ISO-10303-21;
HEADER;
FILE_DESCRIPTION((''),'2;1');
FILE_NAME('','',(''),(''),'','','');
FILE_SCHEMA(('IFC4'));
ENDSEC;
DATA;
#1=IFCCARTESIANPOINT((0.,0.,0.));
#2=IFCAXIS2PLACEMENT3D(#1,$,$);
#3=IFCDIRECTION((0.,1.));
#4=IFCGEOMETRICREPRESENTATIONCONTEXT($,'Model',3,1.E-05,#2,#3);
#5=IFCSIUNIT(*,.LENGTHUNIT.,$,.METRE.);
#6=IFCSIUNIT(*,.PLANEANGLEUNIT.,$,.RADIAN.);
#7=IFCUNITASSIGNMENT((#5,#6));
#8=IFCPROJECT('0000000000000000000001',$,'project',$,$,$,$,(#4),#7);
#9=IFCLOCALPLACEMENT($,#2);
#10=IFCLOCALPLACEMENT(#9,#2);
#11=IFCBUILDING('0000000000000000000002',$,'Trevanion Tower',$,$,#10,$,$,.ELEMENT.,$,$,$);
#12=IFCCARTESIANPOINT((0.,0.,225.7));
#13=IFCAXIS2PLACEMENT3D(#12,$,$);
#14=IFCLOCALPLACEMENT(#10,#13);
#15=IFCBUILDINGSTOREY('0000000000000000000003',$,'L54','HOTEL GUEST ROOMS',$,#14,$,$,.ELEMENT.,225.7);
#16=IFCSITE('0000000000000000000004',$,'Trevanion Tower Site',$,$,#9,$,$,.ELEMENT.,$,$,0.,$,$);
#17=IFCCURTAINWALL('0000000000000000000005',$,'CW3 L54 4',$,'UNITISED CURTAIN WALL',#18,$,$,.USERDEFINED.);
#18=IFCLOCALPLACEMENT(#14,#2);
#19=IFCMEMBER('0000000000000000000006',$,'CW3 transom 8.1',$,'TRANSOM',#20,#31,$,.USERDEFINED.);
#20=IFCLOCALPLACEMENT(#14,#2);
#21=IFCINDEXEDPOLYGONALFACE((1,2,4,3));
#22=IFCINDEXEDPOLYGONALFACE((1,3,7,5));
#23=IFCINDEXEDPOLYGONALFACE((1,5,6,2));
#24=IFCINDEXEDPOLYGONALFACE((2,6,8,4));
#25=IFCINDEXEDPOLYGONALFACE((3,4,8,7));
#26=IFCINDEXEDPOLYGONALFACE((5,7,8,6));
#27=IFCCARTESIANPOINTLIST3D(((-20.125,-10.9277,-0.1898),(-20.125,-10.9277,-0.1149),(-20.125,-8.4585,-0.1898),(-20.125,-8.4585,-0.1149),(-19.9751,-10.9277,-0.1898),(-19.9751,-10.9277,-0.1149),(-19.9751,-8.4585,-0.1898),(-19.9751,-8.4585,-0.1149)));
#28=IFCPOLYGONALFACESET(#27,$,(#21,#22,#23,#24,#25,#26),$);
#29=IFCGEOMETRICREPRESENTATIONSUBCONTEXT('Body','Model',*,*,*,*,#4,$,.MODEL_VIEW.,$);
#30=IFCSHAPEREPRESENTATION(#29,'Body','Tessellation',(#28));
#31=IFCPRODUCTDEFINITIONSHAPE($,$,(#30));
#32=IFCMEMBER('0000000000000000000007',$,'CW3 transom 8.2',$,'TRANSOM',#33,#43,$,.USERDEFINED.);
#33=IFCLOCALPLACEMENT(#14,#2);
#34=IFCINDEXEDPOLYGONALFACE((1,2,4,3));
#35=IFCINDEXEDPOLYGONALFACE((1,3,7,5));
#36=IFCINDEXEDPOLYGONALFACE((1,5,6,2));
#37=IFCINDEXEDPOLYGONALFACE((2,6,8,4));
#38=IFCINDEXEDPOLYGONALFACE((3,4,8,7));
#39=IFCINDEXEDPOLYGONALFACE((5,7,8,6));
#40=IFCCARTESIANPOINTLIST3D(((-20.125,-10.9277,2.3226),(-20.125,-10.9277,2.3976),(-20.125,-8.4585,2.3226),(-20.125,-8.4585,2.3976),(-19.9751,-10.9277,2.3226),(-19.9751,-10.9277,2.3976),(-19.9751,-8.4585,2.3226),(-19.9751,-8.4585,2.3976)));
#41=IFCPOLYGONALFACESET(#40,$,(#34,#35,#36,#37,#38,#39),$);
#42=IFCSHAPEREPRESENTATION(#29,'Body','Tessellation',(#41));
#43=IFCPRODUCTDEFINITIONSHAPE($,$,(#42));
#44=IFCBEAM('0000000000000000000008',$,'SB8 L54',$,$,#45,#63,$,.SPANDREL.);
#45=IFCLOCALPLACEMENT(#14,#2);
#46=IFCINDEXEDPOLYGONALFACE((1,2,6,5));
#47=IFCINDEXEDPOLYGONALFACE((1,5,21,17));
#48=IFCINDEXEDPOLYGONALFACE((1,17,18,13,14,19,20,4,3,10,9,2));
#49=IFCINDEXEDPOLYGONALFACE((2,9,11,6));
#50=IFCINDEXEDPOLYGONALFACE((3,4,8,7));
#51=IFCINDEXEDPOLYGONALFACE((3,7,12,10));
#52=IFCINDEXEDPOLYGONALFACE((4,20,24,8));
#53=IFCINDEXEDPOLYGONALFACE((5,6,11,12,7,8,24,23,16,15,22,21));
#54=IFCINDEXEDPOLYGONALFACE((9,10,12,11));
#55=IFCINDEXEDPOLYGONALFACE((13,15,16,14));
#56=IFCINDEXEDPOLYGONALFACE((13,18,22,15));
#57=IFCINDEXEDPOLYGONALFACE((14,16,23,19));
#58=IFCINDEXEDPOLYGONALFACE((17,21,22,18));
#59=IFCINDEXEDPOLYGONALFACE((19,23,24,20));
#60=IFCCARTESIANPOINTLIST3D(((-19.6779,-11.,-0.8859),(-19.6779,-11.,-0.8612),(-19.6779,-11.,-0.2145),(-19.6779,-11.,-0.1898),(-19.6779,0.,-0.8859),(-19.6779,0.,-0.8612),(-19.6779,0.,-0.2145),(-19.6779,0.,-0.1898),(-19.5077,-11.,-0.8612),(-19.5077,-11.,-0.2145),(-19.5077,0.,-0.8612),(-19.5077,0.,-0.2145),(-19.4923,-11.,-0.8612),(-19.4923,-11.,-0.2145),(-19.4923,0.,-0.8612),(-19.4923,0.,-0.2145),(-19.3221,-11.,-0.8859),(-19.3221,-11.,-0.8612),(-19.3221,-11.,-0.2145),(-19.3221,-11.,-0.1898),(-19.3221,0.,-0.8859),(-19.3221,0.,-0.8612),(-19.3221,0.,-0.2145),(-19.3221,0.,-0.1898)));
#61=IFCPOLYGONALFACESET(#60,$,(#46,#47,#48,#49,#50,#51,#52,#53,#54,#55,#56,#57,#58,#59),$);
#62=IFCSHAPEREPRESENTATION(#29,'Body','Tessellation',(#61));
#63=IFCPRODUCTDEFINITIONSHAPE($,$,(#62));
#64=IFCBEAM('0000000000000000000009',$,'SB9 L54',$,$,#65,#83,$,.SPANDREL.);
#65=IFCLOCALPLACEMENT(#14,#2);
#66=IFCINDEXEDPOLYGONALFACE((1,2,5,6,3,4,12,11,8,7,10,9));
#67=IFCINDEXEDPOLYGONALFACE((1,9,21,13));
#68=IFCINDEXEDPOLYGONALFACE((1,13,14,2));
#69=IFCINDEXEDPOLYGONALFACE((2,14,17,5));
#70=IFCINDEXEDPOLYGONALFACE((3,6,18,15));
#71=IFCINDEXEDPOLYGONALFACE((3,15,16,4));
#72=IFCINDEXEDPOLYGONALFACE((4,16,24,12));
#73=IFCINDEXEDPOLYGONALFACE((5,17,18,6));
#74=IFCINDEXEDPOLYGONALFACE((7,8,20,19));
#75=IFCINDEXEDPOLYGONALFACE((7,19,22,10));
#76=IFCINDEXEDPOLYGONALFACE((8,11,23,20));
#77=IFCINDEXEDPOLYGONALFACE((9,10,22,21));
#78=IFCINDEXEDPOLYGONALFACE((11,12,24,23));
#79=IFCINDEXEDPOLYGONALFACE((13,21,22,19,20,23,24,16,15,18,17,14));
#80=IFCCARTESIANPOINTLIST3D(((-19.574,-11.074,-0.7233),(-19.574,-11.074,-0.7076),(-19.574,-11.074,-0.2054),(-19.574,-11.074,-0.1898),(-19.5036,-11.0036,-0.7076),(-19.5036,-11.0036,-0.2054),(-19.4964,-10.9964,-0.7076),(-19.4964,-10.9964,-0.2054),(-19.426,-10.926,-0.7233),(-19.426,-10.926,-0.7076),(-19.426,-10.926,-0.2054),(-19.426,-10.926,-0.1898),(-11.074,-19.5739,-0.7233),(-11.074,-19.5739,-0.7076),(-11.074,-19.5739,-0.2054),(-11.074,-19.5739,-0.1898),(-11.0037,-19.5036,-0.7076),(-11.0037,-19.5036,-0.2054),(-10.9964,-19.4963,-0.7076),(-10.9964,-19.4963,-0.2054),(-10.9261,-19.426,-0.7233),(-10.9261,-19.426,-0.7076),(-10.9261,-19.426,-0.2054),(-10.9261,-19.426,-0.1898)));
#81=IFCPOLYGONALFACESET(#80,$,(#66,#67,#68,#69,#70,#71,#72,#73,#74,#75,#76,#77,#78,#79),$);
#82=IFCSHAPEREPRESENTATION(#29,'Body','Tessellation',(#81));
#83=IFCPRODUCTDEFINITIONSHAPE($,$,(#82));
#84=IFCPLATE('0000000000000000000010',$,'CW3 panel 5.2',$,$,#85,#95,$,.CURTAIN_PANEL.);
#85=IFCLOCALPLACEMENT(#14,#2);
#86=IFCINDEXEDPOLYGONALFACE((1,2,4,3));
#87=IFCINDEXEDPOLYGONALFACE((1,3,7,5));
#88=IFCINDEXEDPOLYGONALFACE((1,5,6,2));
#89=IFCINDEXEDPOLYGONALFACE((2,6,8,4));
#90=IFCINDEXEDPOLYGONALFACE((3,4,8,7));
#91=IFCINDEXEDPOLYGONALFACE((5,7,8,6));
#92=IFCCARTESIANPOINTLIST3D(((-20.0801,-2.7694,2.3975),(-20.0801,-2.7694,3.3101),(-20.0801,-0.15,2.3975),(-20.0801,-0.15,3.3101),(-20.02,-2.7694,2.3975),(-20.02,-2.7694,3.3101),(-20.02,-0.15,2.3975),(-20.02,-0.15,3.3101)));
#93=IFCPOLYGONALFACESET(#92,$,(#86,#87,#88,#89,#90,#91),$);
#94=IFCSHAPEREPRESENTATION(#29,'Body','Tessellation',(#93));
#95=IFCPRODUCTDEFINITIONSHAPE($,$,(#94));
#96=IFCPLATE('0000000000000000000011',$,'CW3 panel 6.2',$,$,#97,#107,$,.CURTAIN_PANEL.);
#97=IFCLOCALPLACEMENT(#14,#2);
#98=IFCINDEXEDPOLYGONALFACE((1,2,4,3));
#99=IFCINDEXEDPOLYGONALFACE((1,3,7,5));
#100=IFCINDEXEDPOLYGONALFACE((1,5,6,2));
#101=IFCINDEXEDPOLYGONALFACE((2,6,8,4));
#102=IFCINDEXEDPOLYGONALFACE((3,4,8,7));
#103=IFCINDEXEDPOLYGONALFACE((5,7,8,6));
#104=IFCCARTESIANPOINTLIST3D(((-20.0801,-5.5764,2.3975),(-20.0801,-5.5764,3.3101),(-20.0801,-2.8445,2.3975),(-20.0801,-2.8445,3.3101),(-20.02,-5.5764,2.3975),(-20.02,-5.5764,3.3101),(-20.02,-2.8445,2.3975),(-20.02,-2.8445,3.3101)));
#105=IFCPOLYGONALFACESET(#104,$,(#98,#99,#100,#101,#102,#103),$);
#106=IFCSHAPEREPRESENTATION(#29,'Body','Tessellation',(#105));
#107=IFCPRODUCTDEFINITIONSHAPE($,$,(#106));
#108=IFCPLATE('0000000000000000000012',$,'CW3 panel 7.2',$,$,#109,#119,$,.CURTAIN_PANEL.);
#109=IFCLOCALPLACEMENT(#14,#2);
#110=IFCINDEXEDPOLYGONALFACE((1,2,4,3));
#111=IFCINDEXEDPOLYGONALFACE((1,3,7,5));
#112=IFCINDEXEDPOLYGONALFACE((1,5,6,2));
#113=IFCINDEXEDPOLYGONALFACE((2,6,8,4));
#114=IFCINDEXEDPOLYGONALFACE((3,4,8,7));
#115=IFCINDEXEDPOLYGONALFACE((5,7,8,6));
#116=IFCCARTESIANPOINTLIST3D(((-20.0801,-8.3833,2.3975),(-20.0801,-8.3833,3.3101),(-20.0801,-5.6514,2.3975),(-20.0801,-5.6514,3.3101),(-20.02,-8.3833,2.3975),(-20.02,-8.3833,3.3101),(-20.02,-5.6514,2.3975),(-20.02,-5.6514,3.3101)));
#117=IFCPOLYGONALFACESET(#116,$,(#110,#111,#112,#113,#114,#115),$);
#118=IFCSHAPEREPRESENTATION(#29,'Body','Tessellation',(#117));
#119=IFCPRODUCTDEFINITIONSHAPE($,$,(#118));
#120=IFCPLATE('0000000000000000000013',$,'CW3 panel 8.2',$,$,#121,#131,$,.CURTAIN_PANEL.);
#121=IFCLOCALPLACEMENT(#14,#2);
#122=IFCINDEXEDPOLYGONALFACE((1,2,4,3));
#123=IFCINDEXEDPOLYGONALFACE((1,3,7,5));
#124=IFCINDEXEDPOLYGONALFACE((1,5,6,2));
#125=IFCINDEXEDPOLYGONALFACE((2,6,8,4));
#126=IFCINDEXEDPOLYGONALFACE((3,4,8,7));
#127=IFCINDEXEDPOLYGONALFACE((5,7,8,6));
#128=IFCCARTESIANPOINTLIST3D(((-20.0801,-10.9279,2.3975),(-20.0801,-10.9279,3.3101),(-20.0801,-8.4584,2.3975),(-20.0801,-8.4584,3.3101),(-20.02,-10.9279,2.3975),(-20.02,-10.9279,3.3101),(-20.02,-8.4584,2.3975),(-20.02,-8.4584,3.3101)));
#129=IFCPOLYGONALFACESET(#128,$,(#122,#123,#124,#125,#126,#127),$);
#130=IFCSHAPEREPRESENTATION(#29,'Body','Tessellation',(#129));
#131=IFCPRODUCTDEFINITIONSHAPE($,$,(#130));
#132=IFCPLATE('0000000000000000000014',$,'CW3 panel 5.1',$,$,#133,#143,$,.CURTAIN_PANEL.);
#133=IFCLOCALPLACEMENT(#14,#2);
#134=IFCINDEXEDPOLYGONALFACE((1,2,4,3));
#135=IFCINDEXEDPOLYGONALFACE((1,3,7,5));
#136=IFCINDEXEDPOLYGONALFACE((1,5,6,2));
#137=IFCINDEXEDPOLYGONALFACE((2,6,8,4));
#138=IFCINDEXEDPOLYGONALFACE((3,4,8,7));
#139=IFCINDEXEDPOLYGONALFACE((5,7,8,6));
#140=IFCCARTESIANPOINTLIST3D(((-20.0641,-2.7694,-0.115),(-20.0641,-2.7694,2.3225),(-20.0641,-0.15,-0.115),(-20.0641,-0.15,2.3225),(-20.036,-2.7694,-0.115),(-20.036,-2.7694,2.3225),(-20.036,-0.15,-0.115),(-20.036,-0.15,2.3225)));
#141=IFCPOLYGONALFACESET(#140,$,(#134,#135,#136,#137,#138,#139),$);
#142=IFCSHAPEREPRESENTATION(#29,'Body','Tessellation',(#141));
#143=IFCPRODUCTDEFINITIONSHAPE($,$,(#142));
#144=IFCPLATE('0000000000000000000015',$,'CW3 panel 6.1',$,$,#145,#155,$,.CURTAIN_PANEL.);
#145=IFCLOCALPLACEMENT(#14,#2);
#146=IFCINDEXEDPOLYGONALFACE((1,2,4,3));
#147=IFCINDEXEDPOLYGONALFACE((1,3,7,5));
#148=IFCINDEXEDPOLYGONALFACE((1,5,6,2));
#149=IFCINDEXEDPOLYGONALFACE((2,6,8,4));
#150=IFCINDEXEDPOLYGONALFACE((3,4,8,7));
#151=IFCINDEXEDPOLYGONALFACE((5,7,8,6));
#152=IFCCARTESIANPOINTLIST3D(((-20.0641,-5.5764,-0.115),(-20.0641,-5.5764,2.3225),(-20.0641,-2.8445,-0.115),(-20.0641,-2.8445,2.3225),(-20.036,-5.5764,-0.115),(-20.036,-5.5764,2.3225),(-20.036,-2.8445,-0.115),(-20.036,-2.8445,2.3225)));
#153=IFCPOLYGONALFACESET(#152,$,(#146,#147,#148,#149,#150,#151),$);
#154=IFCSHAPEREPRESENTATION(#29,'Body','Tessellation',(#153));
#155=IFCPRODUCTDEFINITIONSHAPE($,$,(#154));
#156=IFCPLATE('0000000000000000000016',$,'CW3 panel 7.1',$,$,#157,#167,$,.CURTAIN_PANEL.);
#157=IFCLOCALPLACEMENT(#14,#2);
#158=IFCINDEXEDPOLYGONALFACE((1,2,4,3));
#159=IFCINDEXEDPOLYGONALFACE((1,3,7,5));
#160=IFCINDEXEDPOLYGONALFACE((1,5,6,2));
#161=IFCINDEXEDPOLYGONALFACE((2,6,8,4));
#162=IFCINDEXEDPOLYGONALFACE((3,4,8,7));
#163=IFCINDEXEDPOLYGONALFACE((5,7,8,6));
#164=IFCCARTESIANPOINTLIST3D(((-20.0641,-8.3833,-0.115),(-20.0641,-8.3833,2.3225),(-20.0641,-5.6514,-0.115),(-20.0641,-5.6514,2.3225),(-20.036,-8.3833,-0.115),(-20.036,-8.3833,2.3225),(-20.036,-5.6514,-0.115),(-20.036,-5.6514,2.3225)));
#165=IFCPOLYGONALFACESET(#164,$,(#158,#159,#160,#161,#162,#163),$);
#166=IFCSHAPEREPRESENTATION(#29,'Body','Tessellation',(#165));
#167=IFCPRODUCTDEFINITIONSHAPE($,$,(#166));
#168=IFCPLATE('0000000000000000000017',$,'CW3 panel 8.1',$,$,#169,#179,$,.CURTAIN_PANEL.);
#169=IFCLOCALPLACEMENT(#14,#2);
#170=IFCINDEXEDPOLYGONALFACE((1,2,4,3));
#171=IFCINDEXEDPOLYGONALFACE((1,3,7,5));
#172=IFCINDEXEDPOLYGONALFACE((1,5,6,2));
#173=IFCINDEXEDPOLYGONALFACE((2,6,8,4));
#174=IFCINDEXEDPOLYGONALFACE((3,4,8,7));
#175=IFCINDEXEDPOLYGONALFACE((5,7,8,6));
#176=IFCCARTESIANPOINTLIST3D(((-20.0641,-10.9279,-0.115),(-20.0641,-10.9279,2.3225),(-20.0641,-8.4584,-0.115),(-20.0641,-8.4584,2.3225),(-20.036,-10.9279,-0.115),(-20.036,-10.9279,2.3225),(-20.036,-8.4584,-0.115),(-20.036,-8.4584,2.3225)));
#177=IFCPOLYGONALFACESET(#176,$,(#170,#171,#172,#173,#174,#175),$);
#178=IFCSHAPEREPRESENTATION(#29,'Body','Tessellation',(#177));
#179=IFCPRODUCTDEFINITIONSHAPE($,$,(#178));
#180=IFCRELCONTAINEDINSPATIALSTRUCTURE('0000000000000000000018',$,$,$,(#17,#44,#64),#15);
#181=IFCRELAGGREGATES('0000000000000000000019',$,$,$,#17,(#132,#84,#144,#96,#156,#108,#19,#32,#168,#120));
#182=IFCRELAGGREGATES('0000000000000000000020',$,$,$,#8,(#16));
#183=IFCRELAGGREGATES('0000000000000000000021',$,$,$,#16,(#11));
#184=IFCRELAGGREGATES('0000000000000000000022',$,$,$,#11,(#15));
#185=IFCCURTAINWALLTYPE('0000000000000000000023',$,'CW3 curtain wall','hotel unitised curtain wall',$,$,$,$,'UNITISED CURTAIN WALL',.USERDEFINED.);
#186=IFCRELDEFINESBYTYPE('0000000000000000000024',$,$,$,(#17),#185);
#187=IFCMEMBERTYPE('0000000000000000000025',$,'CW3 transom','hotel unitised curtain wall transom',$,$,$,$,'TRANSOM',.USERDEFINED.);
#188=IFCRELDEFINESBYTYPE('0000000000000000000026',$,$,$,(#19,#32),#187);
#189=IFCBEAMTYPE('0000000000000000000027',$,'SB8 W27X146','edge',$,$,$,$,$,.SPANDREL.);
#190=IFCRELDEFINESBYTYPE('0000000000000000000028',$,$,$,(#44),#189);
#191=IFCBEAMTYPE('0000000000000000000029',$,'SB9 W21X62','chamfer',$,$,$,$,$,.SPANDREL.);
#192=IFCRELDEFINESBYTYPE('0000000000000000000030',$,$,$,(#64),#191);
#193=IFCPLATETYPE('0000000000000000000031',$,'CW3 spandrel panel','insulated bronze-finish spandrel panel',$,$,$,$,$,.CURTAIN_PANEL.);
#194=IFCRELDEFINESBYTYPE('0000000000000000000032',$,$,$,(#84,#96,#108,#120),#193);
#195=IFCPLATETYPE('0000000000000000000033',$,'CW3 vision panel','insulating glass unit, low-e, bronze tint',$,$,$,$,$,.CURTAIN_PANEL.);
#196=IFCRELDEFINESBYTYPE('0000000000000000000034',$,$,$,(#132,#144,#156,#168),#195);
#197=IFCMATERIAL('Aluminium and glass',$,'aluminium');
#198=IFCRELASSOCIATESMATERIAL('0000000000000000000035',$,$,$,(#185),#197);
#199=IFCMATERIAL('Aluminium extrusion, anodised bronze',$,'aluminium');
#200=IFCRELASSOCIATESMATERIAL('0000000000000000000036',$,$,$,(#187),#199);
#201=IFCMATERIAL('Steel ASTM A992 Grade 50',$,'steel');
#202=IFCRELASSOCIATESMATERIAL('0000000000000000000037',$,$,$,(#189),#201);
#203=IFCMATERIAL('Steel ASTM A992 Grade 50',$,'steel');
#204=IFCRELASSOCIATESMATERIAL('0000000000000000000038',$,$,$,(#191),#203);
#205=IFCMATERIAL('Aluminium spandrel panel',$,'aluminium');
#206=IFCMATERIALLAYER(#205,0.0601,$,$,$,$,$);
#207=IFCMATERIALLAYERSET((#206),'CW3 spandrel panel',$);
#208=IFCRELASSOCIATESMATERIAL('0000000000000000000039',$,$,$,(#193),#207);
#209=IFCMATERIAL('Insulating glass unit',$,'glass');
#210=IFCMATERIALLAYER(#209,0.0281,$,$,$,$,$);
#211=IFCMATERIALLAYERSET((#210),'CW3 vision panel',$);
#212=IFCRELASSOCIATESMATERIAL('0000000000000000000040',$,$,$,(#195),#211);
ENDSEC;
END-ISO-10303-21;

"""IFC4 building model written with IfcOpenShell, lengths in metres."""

from ifc_helpers import new_model, si_unit, direction, frame, origin, origin_2d, place, context, subcontext, project, spatial, rectangle, i_section, extrude, material, layer, layer_set, material_profile, profile_set, type_object, element, aggregate, save


model = new_model("IFC4")

# Units and contexts
model_context = context("Model", 3, precision=1e-05, world=origin(), true_north=direction((0.0, 1.0)))
body_context = subcontext(model_context, "Body", "Model", "MODEL_VIEW")
ifc_project = project(units=[si_unit("LENGTHUNIT", "METRE"), si_unit("PLANEANGLEUNIT", "RADIAN")], contexts=[model_context])

# Site, building, storey
site_placement = place(None, origin())
site = spatial("IfcSite", under=ifc_project, at=site_placement, Name="Trevanion Tower Site", CompositionType="ELEMENT", RefElevation=0.0)
building_placement = place(site_placement, origin())
building = spatial("IfcBuilding", under=site, at=building_placement, Name="Trevanion Tower", CompositionType="ELEMENT")
storey_placement = place(building_placement, frame((0.0, 0.0, 225.7)))
storey = spatial("IfcBuildingStorey", under=building, at=storey_placement, Name="L54", Description="HOTEL GUEST ROOMS", CompositionType="ELEMENT", Elevation=225.7)

# Curtain wall
ifc_material_1 = material(Name="Aluminium and glass", Category="aluminium")
curtain_wall_type = type_object("IfcCurtainWallType", Name="CW3 curtain wall", Description="hotel unitised curtain wall", ElementType="UNITISED CURTAIN WALL", PredefinedType="USERDEFINED", material=ifc_material_1)
curtain_wall_1_placement = place(storey_placement, origin())
curtain_wall_1 = element("IfcCurtainWall", 1, at=curtain_wall_1_placement, inside=storey, type_object=curtain_wall_type, Name="CW3 L54 4", ObjectType="UNITISED CURTAIN WALL", PredefinedType="USERDEFINED")

# Members
ifc_material_2 = material(Name="Aluminium extrusion, anodised bronze", Category="aluminium")
ifc_material_profile_1 = material_profile(ifc_material_2, rectangle(XDim=0.1499, YDim=0.075, at=origin_2d()), Name="CW3 transom")
ifc_profile_set_1 = profile_set([ifc_material_profile_1], Name="Aluminium extrusion, anodised bronze")
member_type_1 = type_object("IfcMemberType", Name="CW3 transom", Description="hotel unitised curtain wall transom", ElementType="TRANSOM", PredefinedType="USERDEFINED", material=ifc_profile_set_1)
member_1_placement = place(storey_placement, frame((-20.05, -8.4585, -0.1523), z_axis=(0.0, -1.0, 0.0), x_axis=(1.0, 0.0, 0.0)))
member_1 = element("IfcMember", 2, at=member_1_placement, type_object=member_type_1, Name="CW3 transom 8.1", ObjectType="TRANSOM", PredefinedType="USERDEFINED", context=body_context, shape_type="SweptSolid", body=[
    extrude(rectangle(XDim=0.1499, YDim=0.075, at=origin_2d()), origin(), (0.0, 0.0, 1.0), 2.4692),
])
member_2_placement = place(storey_placement, frame((-20.05, -8.4585, 2.3601), z_axis=(0.0, -1.0, 0.0), x_axis=(1.0, 0.0, 0.0)))
member_2 = element("IfcMember", 3, at=member_2_placement, type_object=member_type_1, Name="CW3 transom 8.2", ObjectType="TRANSOM", PredefinedType="USERDEFINED", context=body_context, shape_type="SweptSolid", body=[
    extrude(rectangle(XDim=0.1499, YDim=0.075, at=origin_2d()), origin(), (0.0, 0.0, 1.0), 2.4692),
])

# Beams
ifc_material_3 = material(Name="Steel ASTM A992 Grade 50", Category="steel")
ifc_material_profile_2 = material_profile(ifc_material_3, i_section(OverallWidth=0.3557, OverallDepth=0.696, WebThickness=0.0154, FlangeThickness=0.0247, at=origin_2d()), Name="W27X146")
ifc_profile_set_2 = profile_set([ifc_material_profile_2], Name="Steel ASTM A992 Grade 50")
beam_type_1 = type_object("IfcBeamType", Name="SB8 W27X146", Description="edge", PredefinedType="SPANDREL", material=ifc_profile_set_2)
beam_1_placement = place(storey_placement, frame((-19.5, 0.0, -0.5378), z_axis=(0.0, -1.0, 0.0), x_axis=(1.0, 0.0, 0.0)))
element("IfcBeam", 4, at=beam_1_placement, inside=storey, type_object=beam_type_1, Name="SB8 L54", PredefinedType="SPANDREL", context=body_context, shape_type="SweptSolid", body=[
    extrude(i_section(OverallWidth=0.3557, OverallDepth=0.696, WebThickness=0.0154, FlangeThickness=0.0247, at=origin_2d()), origin(), (0.0, 0.0, 1.0), 11.0),
])
ifc_material_4 = material(Name="Steel ASTM A992 Grade 50", Category="steel")
ifc_material_profile_3 = material_profile(ifc_material_4, i_section(OverallWidth=0.2092, OverallDepth=0.5334, WebThickness=0.0103, FlangeThickness=0.0156, at=origin_2d()), Name="W21X62")
ifc_profile_set_3 = profile_set([ifc_material_profile_3], Name="Steel ASTM A992 Grade 50")
beam_type_2 = type_object("IfcBeamType", Name="SB9 W21X62", Description="chamfer", PredefinedType="SPANDREL", material=ifc_profile_set_3)
beam_2_placement = place(storey_placement, frame((-19.5, -11.0, -0.4565), z_axis=(0.707107, -0.707107, 0.0), x_axis=(0.707107, 0.707107, 0.0)))
element("IfcBeam", 5, at=beam_2_placement, inside=storey, type_object=beam_type_2, Name="SB9 L54", PredefinedType="SPANDREL", context=body_context, shape_type="SweptSolid", body=[
    extrude(i_section(OverallWidth=0.2092, OverallDepth=0.5334, WebThickness=0.0103, FlangeThickness=0.0156, at=origin_2d()), origin(), (0.0, 0.0, 1.0), 12.0208),
])

# Plates
ifc_material_5 = material(Name="Aluminium spandrel panel", Category="aluminium")
ifc_layer_1 = layer(ifc_material_5, 0.0601)
ifc_layer_set_1 = layer_set([ifc_layer_1], Name="CW3 spandrel panel")
plate_type_1 = type_object("IfcPlateType", Name="CW3 spandrel panel", Description="insulated bronze-finish spandrel panel", PredefinedType="CURTAIN_PANEL", material=ifc_layer_set_1)
plate_1_placement = place(storey_placement, frame((-20.05, -1.4597, 2.3975), z_axis=(0.0, 0.0, 1.0), x_axis=(0.0, -1.0, 0.0)))
plate_1 = element("IfcPlate", 6, at=plate_1_placement, type_object=plate_type_1, Name="CW3 panel 5.2", PredefinedType="CURTAIN_PANEL", context=body_context, shape_type="SweptSolid", body=[
    extrude(rectangle(XDim=2.6194, YDim=0.0601, at=origin_2d()), origin(), (0.0, 0.0, 1.0), 0.9126),
])
plate_2_placement = place(storey_placement, frame((-20.05, -4.2104, 2.3975), z_axis=(0.0, 0.0, 1.0), x_axis=(0.0, -1.0, 0.0)))
plate_2 = element("IfcPlate", 7, at=plate_2_placement, type_object=plate_type_1, Name="CW3 panel 6.2", PredefinedType="CURTAIN_PANEL", context=body_context, shape_type="SweptSolid", body=[
    extrude(rectangle(XDim=2.7319, YDim=0.0601, at=origin_2d()), origin(), (0.0, 0.0, 1.0), 0.9126),
])
plate_3_placement = place(storey_placement, frame((-20.05, -7.0173, 2.3975), z_axis=(0.0, 0.0, 1.0), x_axis=(0.0, -1.0, 0.0)))
plate_3 = element("IfcPlate", 8, at=plate_3_placement, type_object=plate_type_1, Name="CW3 panel 7.2", PredefinedType="CURTAIN_PANEL", context=body_context, shape_type="SweptSolid", body=[
    extrude(rectangle(XDim=2.7319, YDim=0.0601, at=origin_2d()), origin(), (0.0, 0.0, 1.0), 0.9126),
])
plate_4_placement = place(storey_placement, frame((-20.05, -9.6931, 2.3975), z_axis=(0.0, 0.0, 1.0), x_axis=(0.0, -1.0, 0.0)))
plate_4 = element("IfcPlate", 9, at=plate_4_placement, type_object=plate_type_1, Name="CW3 panel 8.2", PredefinedType="CURTAIN_PANEL", context=body_context, shape_type="SweptSolid", body=[
    extrude(rectangle(XDim=2.4695, YDim=0.0601, at=origin_2d()), origin(), (0.0, 0.0, 1.0), 0.9126),
])
ifc_material_6 = material(Name="Insulating glass unit", Category="glass")
ifc_layer_2 = layer(ifc_material_6, 0.0281)
ifc_layer_set_2 = layer_set([ifc_layer_2], Name="CW3 vision panel")
plate_type_2 = type_object("IfcPlateType", Name="CW3 vision panel", Description="insulating glass unit, low-e, bronze tint", PredefinedType="CURTAIN_PANEL", material=ifc_layer_set_2)
plate_5_placement = place(storey_placement, frame((-20.05, -1.4597, -0.115), z_axis=(0.0, 0.0, 1.0), x_axis=(0.0, -1.0, 0.0)))
plate_5 = element("IfcPlate", 10, at=plate_5_placement, type_object=plate_type_2, Name="CW3 panel 5.1", PredefinedType="CURTAIN_PANEL", context=body_context, shape_type="SweptSolid", body=[
    extrude(rectangle(XDim=2.6194, YDim=0.0281, at=origin_2d()), origin(), (0.0, 0.0, 1.0), 2.4375),
])
plate_6_placement = place(storey_placement, frame((-20.05, -4.2104, -0.115), z_axis=(0.0, 0.0, 1.0), x_axis=(0.0, -1.0, 0.0)))
plate_6 = element("IfcPlate", 11, at=plate_6_placement, type_object=plate_type_2, Name="CW3 panel 6.1", PredefinedType="CURTAIN_PANEL", context=body_context, shape_type="SweptSolid", body=[
    extrude(rectangle(XDim=2.7319, YDim=0.0281, at=origin_2d()), origin(), (0.0, 0.0, 1.0), 2.4375),
])
plate_7_placement = place(storey_placement, frame((-20.05, -7.0173, -0.115), z_axis=(0.0, 0.0, 1.0), x_axis=(0.0, -1.0, 0.0)))
plate_7 = element("IfcPlate", 12, at=plate_7_placement, type_object=plate_type_2, Name="CW3 panel 7.1", PredefinedType="CURTAIN_PANEL", context=body_context, shape_type="SweptSolid", body=[
    extrude(rectangle(XDim=2.7319, YDim=0.0281, at=origin_2d()), origin(), (0.0, 0.0, 1.0), 2.4375),
])
plate_8_placement = place(storey_placement, frame((-20.05, -9.6931, -0.115), z_axis=(0.0, 0.0, 1.0), x_axis=(0.0, -1.0, 0.0)))
plate_8 = element("IfcPlate", 13, at=plate_8_placement, type_object=plate_type_2, Name="CW3 panel 8.1", PredefinedType="CURTAIN_PANEL", context=body_context, shape_type="SweptSolid", body=[
    extrude(rectangle(XDim=2.4695, YDim=0.0281, at=origin_2d()), origin(), (0.0, 0.0, 1.0), 2.4375),
])
aggregate(curtain_wall_1, [plate_5, plate_1, plate_6, plate_2, plate_7, plate_3, member_1, member_2, plate_8, plate_4])

save(model, "model.ifc")
